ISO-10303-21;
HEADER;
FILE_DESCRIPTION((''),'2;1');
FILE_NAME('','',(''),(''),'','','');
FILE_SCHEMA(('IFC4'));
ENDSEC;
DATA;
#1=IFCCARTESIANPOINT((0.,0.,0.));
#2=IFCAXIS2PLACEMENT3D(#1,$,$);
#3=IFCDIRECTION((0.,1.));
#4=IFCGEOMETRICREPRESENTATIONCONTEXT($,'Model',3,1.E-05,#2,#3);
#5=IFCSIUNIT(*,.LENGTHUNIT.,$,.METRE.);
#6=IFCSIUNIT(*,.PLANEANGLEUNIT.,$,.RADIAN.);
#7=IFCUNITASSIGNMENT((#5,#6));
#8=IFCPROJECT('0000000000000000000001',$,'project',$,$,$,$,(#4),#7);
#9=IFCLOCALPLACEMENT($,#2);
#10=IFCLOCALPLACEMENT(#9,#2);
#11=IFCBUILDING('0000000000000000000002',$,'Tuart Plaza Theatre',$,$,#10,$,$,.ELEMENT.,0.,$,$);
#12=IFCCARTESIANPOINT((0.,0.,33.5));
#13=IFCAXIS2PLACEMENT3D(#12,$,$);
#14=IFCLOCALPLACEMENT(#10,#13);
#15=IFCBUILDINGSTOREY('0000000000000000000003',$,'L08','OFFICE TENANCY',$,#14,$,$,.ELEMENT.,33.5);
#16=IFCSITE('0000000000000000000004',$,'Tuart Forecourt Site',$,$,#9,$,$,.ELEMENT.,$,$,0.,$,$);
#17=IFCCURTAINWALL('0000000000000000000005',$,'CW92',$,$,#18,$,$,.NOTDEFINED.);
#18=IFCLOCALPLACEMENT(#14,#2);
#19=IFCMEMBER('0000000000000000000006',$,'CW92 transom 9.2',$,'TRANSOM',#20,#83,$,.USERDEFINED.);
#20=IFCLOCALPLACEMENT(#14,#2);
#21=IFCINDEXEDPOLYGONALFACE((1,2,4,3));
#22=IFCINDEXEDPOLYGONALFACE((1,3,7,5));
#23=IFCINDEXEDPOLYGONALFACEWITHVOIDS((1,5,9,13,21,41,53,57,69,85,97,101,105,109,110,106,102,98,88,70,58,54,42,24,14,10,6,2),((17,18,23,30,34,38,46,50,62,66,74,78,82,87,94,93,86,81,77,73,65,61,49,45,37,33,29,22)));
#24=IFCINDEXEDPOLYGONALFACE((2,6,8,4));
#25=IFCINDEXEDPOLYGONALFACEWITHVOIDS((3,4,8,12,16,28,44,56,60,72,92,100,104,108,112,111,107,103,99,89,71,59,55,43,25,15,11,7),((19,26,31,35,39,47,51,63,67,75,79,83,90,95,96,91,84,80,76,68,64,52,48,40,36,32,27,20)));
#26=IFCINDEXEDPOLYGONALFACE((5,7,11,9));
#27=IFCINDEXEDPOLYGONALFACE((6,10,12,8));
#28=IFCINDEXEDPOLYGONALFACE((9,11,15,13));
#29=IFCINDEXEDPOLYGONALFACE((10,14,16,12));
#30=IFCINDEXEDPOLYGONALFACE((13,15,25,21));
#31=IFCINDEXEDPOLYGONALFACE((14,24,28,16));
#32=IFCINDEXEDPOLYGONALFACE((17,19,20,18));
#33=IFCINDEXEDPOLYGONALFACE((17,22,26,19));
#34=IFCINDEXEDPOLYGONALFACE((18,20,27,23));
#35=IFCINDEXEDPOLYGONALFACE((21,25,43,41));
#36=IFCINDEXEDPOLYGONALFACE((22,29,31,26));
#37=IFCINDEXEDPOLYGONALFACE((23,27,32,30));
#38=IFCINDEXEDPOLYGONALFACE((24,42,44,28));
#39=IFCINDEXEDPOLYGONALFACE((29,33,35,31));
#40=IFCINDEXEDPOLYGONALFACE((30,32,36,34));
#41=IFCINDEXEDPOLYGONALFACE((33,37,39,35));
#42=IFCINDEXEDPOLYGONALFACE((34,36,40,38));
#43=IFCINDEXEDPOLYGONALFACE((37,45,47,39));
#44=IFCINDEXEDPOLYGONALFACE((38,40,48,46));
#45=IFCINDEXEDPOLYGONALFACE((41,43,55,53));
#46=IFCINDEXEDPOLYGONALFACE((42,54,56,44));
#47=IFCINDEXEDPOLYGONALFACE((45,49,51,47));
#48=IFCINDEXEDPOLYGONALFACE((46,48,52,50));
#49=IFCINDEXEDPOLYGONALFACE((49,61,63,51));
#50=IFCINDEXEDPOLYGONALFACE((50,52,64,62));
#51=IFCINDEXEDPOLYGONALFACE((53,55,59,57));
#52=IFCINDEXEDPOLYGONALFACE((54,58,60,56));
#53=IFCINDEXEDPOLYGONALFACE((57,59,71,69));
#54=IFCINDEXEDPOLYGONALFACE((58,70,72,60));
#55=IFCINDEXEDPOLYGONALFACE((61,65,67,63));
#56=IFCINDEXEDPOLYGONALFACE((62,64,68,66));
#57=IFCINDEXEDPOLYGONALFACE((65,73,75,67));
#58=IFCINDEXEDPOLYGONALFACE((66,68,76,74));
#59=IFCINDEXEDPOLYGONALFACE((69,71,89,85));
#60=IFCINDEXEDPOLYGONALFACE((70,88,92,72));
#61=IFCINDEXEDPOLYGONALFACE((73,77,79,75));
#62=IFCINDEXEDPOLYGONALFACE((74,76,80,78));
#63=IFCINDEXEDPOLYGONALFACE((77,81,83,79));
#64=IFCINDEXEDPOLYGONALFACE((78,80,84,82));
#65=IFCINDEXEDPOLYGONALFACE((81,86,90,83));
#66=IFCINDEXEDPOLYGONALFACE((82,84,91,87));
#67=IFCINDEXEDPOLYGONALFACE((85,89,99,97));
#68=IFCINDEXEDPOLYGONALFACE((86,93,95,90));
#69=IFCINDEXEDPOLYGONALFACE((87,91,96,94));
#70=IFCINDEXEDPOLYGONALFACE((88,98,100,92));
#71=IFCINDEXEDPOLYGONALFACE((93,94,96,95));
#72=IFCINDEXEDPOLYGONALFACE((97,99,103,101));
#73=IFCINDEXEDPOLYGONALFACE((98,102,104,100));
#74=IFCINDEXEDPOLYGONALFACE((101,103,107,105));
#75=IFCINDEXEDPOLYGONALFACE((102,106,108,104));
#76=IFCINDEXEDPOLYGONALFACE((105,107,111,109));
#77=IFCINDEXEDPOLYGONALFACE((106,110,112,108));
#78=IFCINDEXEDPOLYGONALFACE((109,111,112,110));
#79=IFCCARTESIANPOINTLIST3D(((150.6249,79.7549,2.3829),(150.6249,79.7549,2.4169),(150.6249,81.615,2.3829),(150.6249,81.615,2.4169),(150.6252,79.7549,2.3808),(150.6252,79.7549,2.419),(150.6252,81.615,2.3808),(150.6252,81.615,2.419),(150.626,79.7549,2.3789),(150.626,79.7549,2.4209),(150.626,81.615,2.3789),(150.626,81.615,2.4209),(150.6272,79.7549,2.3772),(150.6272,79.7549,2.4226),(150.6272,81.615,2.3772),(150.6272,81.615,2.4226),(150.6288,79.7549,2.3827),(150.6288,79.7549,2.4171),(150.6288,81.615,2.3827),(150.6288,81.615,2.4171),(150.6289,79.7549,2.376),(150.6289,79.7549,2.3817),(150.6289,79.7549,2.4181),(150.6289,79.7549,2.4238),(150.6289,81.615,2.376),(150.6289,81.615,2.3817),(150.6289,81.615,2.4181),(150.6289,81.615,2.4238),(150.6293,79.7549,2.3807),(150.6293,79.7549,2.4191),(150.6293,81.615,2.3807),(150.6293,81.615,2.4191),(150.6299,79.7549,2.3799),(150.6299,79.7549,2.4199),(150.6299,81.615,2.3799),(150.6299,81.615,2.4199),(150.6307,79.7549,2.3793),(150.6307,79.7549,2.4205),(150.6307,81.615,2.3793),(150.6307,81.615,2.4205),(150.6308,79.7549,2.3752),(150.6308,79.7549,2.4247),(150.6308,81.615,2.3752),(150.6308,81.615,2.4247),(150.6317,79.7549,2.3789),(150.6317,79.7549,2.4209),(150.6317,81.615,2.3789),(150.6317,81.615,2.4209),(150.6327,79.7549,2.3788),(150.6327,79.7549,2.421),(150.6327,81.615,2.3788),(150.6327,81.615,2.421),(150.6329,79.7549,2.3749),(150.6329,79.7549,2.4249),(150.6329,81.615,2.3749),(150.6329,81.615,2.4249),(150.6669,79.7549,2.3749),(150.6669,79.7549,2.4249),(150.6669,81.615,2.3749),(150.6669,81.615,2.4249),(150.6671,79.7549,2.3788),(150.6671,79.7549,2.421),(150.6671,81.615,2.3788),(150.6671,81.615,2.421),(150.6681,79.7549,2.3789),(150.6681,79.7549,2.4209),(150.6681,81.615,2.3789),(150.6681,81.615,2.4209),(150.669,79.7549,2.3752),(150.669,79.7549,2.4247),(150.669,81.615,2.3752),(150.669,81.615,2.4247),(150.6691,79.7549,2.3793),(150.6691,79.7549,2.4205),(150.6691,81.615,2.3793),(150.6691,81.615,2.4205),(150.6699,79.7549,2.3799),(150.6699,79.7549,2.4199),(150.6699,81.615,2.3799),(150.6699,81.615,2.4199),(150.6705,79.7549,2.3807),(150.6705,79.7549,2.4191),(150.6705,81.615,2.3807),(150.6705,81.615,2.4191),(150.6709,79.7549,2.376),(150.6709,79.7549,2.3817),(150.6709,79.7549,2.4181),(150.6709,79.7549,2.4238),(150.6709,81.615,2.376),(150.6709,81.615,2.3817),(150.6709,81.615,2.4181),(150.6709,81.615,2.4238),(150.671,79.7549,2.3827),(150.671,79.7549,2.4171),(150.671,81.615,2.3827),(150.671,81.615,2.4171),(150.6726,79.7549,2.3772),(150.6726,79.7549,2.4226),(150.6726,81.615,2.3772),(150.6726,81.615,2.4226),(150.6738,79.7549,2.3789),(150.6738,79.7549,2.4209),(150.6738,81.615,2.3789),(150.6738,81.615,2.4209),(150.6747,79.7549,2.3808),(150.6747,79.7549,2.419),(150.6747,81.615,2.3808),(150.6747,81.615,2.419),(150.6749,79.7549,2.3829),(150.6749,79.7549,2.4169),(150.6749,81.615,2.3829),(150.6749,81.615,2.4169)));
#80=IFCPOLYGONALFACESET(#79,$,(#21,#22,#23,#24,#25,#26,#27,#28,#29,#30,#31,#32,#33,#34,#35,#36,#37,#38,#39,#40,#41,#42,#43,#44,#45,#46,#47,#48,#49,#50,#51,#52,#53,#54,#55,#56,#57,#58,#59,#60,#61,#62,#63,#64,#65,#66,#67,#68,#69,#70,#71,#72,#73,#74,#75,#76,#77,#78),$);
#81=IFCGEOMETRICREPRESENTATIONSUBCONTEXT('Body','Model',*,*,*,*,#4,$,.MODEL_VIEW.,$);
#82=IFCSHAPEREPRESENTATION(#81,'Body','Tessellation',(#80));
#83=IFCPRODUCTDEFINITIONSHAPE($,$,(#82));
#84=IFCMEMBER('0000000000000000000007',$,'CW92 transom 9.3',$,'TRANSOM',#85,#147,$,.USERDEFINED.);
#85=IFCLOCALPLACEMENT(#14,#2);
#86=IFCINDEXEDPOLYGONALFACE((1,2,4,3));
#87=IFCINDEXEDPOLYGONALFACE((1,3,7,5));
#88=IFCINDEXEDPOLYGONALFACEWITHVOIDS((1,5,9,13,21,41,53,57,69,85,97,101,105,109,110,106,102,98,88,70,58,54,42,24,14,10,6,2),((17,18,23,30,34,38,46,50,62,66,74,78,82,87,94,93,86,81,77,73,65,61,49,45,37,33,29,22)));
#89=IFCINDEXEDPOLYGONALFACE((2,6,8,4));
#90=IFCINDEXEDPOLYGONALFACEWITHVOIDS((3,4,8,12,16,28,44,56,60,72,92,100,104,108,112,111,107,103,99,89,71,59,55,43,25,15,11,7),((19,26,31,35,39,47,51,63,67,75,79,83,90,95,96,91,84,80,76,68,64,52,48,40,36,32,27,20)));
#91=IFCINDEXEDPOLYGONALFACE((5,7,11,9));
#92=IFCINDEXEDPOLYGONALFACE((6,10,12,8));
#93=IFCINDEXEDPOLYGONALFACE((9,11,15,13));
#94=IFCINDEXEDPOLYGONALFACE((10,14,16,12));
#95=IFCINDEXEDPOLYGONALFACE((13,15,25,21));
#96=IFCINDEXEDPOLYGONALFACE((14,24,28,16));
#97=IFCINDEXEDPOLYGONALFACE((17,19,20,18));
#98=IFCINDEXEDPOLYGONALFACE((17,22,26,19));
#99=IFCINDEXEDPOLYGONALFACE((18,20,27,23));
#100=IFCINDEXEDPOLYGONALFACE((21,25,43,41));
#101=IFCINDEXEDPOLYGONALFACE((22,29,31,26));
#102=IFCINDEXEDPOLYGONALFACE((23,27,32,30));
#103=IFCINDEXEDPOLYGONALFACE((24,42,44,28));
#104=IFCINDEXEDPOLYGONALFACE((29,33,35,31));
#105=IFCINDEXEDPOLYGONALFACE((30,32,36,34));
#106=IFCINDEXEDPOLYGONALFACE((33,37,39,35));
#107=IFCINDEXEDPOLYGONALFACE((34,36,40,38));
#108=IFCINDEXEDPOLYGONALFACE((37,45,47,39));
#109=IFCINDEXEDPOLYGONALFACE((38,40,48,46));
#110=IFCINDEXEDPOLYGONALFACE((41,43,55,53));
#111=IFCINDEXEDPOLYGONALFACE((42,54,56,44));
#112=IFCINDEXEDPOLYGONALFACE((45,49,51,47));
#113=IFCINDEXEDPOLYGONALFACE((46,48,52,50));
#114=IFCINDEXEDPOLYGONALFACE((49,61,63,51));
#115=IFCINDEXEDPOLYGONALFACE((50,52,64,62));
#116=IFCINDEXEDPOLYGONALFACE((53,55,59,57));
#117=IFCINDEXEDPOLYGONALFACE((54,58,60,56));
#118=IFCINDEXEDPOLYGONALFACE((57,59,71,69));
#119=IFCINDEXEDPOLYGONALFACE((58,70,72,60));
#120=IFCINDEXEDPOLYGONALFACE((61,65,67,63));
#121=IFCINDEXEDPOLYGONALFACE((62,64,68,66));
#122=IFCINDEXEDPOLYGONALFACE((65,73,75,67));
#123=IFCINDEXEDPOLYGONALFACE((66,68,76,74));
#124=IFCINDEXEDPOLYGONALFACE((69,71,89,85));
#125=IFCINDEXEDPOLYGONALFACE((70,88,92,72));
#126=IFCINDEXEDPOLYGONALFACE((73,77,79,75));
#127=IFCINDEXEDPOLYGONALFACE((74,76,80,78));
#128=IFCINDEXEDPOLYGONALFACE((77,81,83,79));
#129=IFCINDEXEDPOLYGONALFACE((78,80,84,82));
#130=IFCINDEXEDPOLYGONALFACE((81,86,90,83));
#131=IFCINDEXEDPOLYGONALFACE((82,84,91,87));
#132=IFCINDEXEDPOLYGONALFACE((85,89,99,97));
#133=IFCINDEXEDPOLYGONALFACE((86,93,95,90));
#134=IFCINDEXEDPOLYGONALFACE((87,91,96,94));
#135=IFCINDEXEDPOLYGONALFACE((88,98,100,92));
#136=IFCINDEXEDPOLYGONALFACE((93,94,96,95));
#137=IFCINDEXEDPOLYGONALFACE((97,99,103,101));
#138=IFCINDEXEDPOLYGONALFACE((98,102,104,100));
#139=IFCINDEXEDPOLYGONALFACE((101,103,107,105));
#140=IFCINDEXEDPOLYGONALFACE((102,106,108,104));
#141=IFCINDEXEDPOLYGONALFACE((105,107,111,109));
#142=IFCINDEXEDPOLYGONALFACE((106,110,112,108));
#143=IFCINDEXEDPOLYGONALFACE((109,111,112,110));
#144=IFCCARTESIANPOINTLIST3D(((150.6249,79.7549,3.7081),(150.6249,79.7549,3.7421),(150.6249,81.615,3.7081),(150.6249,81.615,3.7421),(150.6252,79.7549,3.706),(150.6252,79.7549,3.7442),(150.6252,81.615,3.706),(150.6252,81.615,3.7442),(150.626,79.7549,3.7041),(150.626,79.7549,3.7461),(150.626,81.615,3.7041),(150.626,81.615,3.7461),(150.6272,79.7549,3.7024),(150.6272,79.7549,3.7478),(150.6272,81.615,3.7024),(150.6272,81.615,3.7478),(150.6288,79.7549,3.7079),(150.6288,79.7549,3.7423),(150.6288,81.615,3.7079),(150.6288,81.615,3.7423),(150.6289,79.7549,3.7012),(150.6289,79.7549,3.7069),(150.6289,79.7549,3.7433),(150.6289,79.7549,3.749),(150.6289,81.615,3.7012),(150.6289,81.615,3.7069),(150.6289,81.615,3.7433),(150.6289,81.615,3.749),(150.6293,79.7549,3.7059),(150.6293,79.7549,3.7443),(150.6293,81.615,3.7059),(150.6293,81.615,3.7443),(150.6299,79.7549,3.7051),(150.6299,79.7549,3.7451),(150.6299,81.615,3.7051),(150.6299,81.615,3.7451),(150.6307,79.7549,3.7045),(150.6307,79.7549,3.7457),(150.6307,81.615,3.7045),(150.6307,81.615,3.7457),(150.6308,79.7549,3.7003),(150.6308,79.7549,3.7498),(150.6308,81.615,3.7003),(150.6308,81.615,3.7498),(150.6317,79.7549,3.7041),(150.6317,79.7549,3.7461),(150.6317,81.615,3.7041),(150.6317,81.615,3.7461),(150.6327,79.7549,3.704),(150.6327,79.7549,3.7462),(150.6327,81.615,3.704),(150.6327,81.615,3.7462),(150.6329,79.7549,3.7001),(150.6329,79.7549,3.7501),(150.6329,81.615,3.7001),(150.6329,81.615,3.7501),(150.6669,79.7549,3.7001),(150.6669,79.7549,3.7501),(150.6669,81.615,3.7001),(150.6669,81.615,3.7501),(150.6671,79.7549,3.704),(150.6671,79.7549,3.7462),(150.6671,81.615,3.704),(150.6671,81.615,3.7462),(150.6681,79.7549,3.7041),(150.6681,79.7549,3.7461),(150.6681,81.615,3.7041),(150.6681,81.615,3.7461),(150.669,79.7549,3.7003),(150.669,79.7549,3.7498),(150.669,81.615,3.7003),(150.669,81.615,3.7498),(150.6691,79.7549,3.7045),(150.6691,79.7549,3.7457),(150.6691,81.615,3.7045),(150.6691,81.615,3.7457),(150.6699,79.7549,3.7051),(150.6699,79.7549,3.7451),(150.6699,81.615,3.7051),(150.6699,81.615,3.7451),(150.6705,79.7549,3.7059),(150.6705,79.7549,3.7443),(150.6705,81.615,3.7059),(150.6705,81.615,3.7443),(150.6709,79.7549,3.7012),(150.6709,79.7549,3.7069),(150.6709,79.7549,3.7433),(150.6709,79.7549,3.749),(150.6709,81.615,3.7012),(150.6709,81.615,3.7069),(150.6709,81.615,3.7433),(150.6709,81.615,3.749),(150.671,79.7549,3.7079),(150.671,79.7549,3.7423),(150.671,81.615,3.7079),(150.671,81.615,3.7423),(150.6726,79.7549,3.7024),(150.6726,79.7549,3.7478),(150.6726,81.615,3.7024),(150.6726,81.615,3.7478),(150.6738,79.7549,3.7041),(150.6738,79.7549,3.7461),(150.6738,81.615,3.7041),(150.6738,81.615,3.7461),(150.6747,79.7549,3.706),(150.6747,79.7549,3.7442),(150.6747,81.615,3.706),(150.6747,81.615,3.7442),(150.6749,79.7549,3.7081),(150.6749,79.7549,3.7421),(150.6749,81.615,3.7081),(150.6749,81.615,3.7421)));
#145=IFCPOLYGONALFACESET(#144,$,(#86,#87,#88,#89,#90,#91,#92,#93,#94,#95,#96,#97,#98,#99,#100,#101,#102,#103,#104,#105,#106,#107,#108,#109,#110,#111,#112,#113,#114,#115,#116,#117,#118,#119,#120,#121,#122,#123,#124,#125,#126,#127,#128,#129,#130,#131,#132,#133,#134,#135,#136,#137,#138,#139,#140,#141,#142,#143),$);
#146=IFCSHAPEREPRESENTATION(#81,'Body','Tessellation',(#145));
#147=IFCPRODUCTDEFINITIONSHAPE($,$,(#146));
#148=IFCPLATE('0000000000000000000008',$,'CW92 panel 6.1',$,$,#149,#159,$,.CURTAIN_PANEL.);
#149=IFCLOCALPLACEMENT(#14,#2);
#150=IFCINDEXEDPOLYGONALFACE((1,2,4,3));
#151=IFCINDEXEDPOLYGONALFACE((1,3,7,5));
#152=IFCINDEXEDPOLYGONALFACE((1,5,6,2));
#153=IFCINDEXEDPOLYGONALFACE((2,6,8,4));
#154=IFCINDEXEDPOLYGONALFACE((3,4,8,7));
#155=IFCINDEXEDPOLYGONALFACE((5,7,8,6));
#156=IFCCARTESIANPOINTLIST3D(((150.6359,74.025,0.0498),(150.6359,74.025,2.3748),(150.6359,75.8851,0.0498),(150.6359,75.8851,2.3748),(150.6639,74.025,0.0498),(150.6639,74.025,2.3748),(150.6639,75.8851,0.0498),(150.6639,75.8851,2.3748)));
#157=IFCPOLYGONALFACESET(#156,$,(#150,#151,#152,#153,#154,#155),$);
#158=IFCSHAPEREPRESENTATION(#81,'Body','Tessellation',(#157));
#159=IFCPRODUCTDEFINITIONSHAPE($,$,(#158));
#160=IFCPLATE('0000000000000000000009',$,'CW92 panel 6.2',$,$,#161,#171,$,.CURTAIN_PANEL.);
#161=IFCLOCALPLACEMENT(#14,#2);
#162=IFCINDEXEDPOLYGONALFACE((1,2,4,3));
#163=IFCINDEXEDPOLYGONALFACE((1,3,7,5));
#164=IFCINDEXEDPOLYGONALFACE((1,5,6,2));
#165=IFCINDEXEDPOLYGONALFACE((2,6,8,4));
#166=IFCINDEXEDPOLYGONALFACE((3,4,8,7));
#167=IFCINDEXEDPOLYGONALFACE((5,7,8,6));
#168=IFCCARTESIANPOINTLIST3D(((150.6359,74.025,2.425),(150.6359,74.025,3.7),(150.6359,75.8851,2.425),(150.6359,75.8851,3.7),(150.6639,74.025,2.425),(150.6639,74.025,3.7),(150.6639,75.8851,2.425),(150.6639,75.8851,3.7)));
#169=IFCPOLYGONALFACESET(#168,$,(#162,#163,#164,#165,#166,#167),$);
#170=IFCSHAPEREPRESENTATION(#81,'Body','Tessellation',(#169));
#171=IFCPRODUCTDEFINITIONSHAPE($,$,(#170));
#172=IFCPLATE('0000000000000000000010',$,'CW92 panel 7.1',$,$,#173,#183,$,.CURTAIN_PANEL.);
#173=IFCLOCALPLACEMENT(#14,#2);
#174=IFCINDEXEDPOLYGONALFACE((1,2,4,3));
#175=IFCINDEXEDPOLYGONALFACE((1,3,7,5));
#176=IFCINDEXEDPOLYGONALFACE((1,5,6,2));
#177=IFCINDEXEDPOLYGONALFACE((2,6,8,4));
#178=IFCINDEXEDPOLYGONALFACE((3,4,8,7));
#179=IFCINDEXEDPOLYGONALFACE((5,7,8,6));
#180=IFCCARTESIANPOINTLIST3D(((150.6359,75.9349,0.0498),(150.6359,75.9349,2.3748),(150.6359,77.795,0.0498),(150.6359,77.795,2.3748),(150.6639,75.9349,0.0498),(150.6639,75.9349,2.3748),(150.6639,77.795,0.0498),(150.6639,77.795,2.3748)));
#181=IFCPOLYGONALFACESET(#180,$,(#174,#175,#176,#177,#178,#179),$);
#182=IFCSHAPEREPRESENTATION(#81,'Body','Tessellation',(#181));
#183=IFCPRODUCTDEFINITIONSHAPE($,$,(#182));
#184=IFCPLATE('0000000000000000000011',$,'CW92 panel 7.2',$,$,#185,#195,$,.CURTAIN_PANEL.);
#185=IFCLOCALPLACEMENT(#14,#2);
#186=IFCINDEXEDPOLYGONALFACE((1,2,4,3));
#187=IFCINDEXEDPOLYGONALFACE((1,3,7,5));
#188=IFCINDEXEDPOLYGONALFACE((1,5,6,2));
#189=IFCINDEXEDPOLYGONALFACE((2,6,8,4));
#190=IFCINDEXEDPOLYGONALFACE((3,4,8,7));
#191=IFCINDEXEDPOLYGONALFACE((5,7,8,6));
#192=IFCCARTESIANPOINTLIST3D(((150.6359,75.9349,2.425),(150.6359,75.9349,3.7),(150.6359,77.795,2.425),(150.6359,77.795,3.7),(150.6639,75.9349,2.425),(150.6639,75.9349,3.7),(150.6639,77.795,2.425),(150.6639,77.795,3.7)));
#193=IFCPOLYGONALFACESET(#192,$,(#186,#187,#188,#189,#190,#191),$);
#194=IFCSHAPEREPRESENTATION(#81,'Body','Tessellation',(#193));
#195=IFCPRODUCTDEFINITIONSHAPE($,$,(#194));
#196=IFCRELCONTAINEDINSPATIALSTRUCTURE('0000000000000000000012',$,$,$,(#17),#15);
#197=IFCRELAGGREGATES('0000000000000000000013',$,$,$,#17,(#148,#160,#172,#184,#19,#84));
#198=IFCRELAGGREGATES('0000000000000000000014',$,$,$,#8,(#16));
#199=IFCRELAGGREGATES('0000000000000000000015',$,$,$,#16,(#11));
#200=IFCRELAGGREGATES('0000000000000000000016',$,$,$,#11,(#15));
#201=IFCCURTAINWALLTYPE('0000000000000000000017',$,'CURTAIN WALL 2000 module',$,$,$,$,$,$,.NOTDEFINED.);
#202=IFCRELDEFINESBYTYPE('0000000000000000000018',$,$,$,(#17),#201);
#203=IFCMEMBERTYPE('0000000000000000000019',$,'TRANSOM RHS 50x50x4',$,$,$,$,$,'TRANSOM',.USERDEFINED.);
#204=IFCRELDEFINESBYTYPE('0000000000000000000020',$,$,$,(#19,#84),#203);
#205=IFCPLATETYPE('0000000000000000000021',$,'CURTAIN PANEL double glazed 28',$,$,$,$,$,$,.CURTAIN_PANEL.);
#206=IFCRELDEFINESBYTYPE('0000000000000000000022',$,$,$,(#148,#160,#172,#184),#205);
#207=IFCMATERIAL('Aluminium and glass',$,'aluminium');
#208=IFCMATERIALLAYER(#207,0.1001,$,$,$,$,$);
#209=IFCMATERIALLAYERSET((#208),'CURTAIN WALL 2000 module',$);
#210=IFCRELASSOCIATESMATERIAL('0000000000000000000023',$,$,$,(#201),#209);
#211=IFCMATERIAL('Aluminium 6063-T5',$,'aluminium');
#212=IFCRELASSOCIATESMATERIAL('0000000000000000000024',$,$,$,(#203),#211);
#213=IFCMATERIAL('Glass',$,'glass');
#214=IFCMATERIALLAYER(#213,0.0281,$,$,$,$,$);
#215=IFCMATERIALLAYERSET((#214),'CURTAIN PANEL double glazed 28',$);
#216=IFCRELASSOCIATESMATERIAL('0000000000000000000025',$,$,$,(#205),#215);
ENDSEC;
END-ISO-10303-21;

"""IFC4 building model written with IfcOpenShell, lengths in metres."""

from ifc_helpers import new_model, si_unit, direction, frame, origin, origin_2d, place, context, subcontext, project, spatial, rectangle, hollow_rectangle, extrude, material, layer, layer_set, material_profile, profile_set, type_object, element, aggregate, save


model = new_model("IFC4")

# Units and contexts
model_context = context("Model", 3, precision=1e-05, world=origin(), true_north=direction((0.0, 1.0)))
body_context = subcontext(model_context, "Body", "Model", "MODEL_VIEW")
ifc_project = project(units=[si_unit("LENGTHUNIT", "METRE"), si_unit("PLANEANGLEUNIT", "RADIAN")], contexts=[model_context])

# Site, building, storey
site_placement = place(None, origin())
site = spatial("IfcSite", under=ifc_project, at=site_placement, Name="Tuart Forecourt Site", CompositionType="ELEMENT", RefElevation=0.0)
building_placement = place(site_placement, origin())
building = spatial("IfcBuilding", under=site, at=building_placement, Name="Tuart Plaza Theatre", CompositionType="ELEMENT", ElevationOfRefHeight=0.0)
storey_placement = place(building_placement, frame((0.0, 0.0, 33.5)))
storey = spatial("IfcBuildingStorey", under=building, at=storey_placement, Name="L08", Description="OFFICE TENANCY", CompositionType="ELEMENT", Elevation=33.5)

# Curtain wall, members, plates
ifc_material_1 = material(Name="Aluminium and glass", Category="aluminium")
ifc_layer_1 = layer(ifc_material_1, 0.1001)
ifc_layer_set_1 = layer_set([ifc_layer_1], Name="CURTAIN WALL 2000 module")
curtain_wall_type = type_object("IfcCurtainWallType", Name="CURTAIN WALL 2000 module", PredefinedType="NOTDEFINED", material=ifc_layer_set_1)
curtain_wall_placement = place(storey_placement, origin())
curtain_wall = element("IfcCurtainWall", 1, at=curtain_wall_placement, inside=storey, type_object=curtain_wall_type, Name="CW92", PredefinedType="NOTDEFINED")
ifc_material_2 = material(Name="Aluminium 6063-T5", Category="aluminium")
ifc_material_profile_1 = material_profile(ifc_material_2, hollow_rectangle(XDim=0.05, YDim=0.05, WallThickness=0.0039, InnerFilletRadius=0.0039, OuterFilletRadius=0.0081, at=origin_2d()), Name="RHS 50x50x4")
ifc_profile_set_1 = profile_set([ifc_material_profile_1], Name="Aluminium 6063-T5")
member_type_1 = type_object("IfcMemberType", Name="TRANSOM RHS 50x50x4", ElementType="TRANSOM", PredefinedType="USERDEFINED", material=ifc_profile_set_1)
member_1_placement = place(storey_placement, frame((150.6499, 79.7549, 2.3999), z_axis=(0.0, 1.0, 0.0), x_axis=(-1.0, 0.0, 0.0)))
member_1 = element("IfcMember", 2, at=member_1_placement, type_object=member_type_1, Name="CW92 transom 9.2", ObjectType="TRANSOM", PredefinedType="USERDEFINED", context=body_context, shape_type="SweptSolid", body=[
    extrude(hollow_rectangle(XDim=0.05, YDim=0.05, WallThickness=0.0039, InnerFilletRadius=0.0039, OuterFilletRadius=0.0081, at=origin_2d()), origin(), (0.0, 0.0, 1.0), 1.8601),
])
member_2_placement = place(storey_placement, frame((150.6499, 79.7549, 3.7251), z_axis=(0.0, 1.0, 0.0), x_axis=(-1.0, 0.0, 0.0)))
member_2 = element("IfcMember", 3, at=member_2_placement, type_object=member_type_1, Name="CW92 transom 9.3", ObjectType="TRANSOM", PredefinedType="USERDEFINED", context=body_context, shape_type="SweptSolid", body=[
    extrude(hollow_rectangle(XDim=0.05, YDim=0.05, WallThickness=0.0039, InnerFilletRadius=0.0039, OuterFilletRadius=0.0081, at=origin_2d()), origin(), (0.0, 0.0, 1.0), 1.8601),
])
ifc_material_3 = material(Name="Glass", Category="glass")
ifc_layer_2 = layer(ifc_material_3, 0.0281)
ifc_layer_set_2 = layer_set([ifc_layer_2], Name="CURTAIN PANEL double glazed 28")
plate_type = type_object("IfcPlateType", Name="CURTAIN PANEL double glazed 28", PredefinedType="CURTAIN_PANEL", material=ifc_layer_set_2)
plate_1_placement = place(storey_placement, frame((150.6499, 74.9551, 0.0498), z_axis=(0.0, 0.0, 1.0), x_axis=(0.0, 1.0, 0.0)))
plate_1 = element("IfcPlate", 4, at=plate_1_placement, type_object=plate_type, Name="CW92 panel 6.1", PredefinedType="CURTAIN_PANEL", context=body_context, shape_type="SweptSolid", body=[
    extrude(rectangle(XDim=1.8601, YDim=0.0281, at=origin_2d()), origin(), (0.0, 0.0, 1.0), 2.325),
])
plate_2_placement = place(storey_placement, frame((150.6499, 74.9551, 2.425), z_axis=(0.0, 0.0, 1.0), x_axis=(0.0, 1.0, 0.0)))
plate_2 = element("IfcPlate", 5, at=plate_2_placement, type_object=plate_type, Name="CW92 panel 6.2", PredefinedType="CURTAIN_PANEL", context=body_context, shape_type="SweptSolid", body=[
    extrude(rectangle(XDim=1.8601, YDim=0.0281, at=origin_2d()), origin(), (0.0, 0.0, 1.0), 1.2749),
])
plate_3_placement = place(storey_placement, frame((150.6499, 76.865, 0.0498), z_axis=(0.0, 0.0, 1.0), x_axis=(0.0, 1.0, 0.0)))
plate_3 = element("IfcPlate", 6, at=plate_3_placement, type_object=plate_type, Name="CW92 panel 7.1", PredefinedType="CURTAIN_PANEL", context=body_context, shape_type="SweptSolid", body=[
    extrude(rectangle(XDim=1.8601, YDim=0.0281, at=origin_2d()), origin(), (0.0, 0.0, 1.0), 2.325),
])
plate_4_placement = place(storey_placement, frame((150.6499, 76.865, 2.425), z_axis=(0.0, 0.0, 1.0), x_axis=(0.0, 1.0, 0.0)))
plate_4 = element("IfcPlate", 7, at=plate_4_placement, type_object=plate_type, Name="CW92 panel 7.2", PredefinedType="CURTAIN_PANEL", context=body_context, shape_type="SweptSolid", body=[
    extrude(rectangle(XDim=1.8601, YDim=0.0281, at=origin_2d()), origin(), (0.0, 0.0, 1.0), 1.2749),
])
aggregate(curtain_wall, [plate_1, plate_2, plate_3, plate_4, member_1, member_2])

save(model, "model.ifc")
